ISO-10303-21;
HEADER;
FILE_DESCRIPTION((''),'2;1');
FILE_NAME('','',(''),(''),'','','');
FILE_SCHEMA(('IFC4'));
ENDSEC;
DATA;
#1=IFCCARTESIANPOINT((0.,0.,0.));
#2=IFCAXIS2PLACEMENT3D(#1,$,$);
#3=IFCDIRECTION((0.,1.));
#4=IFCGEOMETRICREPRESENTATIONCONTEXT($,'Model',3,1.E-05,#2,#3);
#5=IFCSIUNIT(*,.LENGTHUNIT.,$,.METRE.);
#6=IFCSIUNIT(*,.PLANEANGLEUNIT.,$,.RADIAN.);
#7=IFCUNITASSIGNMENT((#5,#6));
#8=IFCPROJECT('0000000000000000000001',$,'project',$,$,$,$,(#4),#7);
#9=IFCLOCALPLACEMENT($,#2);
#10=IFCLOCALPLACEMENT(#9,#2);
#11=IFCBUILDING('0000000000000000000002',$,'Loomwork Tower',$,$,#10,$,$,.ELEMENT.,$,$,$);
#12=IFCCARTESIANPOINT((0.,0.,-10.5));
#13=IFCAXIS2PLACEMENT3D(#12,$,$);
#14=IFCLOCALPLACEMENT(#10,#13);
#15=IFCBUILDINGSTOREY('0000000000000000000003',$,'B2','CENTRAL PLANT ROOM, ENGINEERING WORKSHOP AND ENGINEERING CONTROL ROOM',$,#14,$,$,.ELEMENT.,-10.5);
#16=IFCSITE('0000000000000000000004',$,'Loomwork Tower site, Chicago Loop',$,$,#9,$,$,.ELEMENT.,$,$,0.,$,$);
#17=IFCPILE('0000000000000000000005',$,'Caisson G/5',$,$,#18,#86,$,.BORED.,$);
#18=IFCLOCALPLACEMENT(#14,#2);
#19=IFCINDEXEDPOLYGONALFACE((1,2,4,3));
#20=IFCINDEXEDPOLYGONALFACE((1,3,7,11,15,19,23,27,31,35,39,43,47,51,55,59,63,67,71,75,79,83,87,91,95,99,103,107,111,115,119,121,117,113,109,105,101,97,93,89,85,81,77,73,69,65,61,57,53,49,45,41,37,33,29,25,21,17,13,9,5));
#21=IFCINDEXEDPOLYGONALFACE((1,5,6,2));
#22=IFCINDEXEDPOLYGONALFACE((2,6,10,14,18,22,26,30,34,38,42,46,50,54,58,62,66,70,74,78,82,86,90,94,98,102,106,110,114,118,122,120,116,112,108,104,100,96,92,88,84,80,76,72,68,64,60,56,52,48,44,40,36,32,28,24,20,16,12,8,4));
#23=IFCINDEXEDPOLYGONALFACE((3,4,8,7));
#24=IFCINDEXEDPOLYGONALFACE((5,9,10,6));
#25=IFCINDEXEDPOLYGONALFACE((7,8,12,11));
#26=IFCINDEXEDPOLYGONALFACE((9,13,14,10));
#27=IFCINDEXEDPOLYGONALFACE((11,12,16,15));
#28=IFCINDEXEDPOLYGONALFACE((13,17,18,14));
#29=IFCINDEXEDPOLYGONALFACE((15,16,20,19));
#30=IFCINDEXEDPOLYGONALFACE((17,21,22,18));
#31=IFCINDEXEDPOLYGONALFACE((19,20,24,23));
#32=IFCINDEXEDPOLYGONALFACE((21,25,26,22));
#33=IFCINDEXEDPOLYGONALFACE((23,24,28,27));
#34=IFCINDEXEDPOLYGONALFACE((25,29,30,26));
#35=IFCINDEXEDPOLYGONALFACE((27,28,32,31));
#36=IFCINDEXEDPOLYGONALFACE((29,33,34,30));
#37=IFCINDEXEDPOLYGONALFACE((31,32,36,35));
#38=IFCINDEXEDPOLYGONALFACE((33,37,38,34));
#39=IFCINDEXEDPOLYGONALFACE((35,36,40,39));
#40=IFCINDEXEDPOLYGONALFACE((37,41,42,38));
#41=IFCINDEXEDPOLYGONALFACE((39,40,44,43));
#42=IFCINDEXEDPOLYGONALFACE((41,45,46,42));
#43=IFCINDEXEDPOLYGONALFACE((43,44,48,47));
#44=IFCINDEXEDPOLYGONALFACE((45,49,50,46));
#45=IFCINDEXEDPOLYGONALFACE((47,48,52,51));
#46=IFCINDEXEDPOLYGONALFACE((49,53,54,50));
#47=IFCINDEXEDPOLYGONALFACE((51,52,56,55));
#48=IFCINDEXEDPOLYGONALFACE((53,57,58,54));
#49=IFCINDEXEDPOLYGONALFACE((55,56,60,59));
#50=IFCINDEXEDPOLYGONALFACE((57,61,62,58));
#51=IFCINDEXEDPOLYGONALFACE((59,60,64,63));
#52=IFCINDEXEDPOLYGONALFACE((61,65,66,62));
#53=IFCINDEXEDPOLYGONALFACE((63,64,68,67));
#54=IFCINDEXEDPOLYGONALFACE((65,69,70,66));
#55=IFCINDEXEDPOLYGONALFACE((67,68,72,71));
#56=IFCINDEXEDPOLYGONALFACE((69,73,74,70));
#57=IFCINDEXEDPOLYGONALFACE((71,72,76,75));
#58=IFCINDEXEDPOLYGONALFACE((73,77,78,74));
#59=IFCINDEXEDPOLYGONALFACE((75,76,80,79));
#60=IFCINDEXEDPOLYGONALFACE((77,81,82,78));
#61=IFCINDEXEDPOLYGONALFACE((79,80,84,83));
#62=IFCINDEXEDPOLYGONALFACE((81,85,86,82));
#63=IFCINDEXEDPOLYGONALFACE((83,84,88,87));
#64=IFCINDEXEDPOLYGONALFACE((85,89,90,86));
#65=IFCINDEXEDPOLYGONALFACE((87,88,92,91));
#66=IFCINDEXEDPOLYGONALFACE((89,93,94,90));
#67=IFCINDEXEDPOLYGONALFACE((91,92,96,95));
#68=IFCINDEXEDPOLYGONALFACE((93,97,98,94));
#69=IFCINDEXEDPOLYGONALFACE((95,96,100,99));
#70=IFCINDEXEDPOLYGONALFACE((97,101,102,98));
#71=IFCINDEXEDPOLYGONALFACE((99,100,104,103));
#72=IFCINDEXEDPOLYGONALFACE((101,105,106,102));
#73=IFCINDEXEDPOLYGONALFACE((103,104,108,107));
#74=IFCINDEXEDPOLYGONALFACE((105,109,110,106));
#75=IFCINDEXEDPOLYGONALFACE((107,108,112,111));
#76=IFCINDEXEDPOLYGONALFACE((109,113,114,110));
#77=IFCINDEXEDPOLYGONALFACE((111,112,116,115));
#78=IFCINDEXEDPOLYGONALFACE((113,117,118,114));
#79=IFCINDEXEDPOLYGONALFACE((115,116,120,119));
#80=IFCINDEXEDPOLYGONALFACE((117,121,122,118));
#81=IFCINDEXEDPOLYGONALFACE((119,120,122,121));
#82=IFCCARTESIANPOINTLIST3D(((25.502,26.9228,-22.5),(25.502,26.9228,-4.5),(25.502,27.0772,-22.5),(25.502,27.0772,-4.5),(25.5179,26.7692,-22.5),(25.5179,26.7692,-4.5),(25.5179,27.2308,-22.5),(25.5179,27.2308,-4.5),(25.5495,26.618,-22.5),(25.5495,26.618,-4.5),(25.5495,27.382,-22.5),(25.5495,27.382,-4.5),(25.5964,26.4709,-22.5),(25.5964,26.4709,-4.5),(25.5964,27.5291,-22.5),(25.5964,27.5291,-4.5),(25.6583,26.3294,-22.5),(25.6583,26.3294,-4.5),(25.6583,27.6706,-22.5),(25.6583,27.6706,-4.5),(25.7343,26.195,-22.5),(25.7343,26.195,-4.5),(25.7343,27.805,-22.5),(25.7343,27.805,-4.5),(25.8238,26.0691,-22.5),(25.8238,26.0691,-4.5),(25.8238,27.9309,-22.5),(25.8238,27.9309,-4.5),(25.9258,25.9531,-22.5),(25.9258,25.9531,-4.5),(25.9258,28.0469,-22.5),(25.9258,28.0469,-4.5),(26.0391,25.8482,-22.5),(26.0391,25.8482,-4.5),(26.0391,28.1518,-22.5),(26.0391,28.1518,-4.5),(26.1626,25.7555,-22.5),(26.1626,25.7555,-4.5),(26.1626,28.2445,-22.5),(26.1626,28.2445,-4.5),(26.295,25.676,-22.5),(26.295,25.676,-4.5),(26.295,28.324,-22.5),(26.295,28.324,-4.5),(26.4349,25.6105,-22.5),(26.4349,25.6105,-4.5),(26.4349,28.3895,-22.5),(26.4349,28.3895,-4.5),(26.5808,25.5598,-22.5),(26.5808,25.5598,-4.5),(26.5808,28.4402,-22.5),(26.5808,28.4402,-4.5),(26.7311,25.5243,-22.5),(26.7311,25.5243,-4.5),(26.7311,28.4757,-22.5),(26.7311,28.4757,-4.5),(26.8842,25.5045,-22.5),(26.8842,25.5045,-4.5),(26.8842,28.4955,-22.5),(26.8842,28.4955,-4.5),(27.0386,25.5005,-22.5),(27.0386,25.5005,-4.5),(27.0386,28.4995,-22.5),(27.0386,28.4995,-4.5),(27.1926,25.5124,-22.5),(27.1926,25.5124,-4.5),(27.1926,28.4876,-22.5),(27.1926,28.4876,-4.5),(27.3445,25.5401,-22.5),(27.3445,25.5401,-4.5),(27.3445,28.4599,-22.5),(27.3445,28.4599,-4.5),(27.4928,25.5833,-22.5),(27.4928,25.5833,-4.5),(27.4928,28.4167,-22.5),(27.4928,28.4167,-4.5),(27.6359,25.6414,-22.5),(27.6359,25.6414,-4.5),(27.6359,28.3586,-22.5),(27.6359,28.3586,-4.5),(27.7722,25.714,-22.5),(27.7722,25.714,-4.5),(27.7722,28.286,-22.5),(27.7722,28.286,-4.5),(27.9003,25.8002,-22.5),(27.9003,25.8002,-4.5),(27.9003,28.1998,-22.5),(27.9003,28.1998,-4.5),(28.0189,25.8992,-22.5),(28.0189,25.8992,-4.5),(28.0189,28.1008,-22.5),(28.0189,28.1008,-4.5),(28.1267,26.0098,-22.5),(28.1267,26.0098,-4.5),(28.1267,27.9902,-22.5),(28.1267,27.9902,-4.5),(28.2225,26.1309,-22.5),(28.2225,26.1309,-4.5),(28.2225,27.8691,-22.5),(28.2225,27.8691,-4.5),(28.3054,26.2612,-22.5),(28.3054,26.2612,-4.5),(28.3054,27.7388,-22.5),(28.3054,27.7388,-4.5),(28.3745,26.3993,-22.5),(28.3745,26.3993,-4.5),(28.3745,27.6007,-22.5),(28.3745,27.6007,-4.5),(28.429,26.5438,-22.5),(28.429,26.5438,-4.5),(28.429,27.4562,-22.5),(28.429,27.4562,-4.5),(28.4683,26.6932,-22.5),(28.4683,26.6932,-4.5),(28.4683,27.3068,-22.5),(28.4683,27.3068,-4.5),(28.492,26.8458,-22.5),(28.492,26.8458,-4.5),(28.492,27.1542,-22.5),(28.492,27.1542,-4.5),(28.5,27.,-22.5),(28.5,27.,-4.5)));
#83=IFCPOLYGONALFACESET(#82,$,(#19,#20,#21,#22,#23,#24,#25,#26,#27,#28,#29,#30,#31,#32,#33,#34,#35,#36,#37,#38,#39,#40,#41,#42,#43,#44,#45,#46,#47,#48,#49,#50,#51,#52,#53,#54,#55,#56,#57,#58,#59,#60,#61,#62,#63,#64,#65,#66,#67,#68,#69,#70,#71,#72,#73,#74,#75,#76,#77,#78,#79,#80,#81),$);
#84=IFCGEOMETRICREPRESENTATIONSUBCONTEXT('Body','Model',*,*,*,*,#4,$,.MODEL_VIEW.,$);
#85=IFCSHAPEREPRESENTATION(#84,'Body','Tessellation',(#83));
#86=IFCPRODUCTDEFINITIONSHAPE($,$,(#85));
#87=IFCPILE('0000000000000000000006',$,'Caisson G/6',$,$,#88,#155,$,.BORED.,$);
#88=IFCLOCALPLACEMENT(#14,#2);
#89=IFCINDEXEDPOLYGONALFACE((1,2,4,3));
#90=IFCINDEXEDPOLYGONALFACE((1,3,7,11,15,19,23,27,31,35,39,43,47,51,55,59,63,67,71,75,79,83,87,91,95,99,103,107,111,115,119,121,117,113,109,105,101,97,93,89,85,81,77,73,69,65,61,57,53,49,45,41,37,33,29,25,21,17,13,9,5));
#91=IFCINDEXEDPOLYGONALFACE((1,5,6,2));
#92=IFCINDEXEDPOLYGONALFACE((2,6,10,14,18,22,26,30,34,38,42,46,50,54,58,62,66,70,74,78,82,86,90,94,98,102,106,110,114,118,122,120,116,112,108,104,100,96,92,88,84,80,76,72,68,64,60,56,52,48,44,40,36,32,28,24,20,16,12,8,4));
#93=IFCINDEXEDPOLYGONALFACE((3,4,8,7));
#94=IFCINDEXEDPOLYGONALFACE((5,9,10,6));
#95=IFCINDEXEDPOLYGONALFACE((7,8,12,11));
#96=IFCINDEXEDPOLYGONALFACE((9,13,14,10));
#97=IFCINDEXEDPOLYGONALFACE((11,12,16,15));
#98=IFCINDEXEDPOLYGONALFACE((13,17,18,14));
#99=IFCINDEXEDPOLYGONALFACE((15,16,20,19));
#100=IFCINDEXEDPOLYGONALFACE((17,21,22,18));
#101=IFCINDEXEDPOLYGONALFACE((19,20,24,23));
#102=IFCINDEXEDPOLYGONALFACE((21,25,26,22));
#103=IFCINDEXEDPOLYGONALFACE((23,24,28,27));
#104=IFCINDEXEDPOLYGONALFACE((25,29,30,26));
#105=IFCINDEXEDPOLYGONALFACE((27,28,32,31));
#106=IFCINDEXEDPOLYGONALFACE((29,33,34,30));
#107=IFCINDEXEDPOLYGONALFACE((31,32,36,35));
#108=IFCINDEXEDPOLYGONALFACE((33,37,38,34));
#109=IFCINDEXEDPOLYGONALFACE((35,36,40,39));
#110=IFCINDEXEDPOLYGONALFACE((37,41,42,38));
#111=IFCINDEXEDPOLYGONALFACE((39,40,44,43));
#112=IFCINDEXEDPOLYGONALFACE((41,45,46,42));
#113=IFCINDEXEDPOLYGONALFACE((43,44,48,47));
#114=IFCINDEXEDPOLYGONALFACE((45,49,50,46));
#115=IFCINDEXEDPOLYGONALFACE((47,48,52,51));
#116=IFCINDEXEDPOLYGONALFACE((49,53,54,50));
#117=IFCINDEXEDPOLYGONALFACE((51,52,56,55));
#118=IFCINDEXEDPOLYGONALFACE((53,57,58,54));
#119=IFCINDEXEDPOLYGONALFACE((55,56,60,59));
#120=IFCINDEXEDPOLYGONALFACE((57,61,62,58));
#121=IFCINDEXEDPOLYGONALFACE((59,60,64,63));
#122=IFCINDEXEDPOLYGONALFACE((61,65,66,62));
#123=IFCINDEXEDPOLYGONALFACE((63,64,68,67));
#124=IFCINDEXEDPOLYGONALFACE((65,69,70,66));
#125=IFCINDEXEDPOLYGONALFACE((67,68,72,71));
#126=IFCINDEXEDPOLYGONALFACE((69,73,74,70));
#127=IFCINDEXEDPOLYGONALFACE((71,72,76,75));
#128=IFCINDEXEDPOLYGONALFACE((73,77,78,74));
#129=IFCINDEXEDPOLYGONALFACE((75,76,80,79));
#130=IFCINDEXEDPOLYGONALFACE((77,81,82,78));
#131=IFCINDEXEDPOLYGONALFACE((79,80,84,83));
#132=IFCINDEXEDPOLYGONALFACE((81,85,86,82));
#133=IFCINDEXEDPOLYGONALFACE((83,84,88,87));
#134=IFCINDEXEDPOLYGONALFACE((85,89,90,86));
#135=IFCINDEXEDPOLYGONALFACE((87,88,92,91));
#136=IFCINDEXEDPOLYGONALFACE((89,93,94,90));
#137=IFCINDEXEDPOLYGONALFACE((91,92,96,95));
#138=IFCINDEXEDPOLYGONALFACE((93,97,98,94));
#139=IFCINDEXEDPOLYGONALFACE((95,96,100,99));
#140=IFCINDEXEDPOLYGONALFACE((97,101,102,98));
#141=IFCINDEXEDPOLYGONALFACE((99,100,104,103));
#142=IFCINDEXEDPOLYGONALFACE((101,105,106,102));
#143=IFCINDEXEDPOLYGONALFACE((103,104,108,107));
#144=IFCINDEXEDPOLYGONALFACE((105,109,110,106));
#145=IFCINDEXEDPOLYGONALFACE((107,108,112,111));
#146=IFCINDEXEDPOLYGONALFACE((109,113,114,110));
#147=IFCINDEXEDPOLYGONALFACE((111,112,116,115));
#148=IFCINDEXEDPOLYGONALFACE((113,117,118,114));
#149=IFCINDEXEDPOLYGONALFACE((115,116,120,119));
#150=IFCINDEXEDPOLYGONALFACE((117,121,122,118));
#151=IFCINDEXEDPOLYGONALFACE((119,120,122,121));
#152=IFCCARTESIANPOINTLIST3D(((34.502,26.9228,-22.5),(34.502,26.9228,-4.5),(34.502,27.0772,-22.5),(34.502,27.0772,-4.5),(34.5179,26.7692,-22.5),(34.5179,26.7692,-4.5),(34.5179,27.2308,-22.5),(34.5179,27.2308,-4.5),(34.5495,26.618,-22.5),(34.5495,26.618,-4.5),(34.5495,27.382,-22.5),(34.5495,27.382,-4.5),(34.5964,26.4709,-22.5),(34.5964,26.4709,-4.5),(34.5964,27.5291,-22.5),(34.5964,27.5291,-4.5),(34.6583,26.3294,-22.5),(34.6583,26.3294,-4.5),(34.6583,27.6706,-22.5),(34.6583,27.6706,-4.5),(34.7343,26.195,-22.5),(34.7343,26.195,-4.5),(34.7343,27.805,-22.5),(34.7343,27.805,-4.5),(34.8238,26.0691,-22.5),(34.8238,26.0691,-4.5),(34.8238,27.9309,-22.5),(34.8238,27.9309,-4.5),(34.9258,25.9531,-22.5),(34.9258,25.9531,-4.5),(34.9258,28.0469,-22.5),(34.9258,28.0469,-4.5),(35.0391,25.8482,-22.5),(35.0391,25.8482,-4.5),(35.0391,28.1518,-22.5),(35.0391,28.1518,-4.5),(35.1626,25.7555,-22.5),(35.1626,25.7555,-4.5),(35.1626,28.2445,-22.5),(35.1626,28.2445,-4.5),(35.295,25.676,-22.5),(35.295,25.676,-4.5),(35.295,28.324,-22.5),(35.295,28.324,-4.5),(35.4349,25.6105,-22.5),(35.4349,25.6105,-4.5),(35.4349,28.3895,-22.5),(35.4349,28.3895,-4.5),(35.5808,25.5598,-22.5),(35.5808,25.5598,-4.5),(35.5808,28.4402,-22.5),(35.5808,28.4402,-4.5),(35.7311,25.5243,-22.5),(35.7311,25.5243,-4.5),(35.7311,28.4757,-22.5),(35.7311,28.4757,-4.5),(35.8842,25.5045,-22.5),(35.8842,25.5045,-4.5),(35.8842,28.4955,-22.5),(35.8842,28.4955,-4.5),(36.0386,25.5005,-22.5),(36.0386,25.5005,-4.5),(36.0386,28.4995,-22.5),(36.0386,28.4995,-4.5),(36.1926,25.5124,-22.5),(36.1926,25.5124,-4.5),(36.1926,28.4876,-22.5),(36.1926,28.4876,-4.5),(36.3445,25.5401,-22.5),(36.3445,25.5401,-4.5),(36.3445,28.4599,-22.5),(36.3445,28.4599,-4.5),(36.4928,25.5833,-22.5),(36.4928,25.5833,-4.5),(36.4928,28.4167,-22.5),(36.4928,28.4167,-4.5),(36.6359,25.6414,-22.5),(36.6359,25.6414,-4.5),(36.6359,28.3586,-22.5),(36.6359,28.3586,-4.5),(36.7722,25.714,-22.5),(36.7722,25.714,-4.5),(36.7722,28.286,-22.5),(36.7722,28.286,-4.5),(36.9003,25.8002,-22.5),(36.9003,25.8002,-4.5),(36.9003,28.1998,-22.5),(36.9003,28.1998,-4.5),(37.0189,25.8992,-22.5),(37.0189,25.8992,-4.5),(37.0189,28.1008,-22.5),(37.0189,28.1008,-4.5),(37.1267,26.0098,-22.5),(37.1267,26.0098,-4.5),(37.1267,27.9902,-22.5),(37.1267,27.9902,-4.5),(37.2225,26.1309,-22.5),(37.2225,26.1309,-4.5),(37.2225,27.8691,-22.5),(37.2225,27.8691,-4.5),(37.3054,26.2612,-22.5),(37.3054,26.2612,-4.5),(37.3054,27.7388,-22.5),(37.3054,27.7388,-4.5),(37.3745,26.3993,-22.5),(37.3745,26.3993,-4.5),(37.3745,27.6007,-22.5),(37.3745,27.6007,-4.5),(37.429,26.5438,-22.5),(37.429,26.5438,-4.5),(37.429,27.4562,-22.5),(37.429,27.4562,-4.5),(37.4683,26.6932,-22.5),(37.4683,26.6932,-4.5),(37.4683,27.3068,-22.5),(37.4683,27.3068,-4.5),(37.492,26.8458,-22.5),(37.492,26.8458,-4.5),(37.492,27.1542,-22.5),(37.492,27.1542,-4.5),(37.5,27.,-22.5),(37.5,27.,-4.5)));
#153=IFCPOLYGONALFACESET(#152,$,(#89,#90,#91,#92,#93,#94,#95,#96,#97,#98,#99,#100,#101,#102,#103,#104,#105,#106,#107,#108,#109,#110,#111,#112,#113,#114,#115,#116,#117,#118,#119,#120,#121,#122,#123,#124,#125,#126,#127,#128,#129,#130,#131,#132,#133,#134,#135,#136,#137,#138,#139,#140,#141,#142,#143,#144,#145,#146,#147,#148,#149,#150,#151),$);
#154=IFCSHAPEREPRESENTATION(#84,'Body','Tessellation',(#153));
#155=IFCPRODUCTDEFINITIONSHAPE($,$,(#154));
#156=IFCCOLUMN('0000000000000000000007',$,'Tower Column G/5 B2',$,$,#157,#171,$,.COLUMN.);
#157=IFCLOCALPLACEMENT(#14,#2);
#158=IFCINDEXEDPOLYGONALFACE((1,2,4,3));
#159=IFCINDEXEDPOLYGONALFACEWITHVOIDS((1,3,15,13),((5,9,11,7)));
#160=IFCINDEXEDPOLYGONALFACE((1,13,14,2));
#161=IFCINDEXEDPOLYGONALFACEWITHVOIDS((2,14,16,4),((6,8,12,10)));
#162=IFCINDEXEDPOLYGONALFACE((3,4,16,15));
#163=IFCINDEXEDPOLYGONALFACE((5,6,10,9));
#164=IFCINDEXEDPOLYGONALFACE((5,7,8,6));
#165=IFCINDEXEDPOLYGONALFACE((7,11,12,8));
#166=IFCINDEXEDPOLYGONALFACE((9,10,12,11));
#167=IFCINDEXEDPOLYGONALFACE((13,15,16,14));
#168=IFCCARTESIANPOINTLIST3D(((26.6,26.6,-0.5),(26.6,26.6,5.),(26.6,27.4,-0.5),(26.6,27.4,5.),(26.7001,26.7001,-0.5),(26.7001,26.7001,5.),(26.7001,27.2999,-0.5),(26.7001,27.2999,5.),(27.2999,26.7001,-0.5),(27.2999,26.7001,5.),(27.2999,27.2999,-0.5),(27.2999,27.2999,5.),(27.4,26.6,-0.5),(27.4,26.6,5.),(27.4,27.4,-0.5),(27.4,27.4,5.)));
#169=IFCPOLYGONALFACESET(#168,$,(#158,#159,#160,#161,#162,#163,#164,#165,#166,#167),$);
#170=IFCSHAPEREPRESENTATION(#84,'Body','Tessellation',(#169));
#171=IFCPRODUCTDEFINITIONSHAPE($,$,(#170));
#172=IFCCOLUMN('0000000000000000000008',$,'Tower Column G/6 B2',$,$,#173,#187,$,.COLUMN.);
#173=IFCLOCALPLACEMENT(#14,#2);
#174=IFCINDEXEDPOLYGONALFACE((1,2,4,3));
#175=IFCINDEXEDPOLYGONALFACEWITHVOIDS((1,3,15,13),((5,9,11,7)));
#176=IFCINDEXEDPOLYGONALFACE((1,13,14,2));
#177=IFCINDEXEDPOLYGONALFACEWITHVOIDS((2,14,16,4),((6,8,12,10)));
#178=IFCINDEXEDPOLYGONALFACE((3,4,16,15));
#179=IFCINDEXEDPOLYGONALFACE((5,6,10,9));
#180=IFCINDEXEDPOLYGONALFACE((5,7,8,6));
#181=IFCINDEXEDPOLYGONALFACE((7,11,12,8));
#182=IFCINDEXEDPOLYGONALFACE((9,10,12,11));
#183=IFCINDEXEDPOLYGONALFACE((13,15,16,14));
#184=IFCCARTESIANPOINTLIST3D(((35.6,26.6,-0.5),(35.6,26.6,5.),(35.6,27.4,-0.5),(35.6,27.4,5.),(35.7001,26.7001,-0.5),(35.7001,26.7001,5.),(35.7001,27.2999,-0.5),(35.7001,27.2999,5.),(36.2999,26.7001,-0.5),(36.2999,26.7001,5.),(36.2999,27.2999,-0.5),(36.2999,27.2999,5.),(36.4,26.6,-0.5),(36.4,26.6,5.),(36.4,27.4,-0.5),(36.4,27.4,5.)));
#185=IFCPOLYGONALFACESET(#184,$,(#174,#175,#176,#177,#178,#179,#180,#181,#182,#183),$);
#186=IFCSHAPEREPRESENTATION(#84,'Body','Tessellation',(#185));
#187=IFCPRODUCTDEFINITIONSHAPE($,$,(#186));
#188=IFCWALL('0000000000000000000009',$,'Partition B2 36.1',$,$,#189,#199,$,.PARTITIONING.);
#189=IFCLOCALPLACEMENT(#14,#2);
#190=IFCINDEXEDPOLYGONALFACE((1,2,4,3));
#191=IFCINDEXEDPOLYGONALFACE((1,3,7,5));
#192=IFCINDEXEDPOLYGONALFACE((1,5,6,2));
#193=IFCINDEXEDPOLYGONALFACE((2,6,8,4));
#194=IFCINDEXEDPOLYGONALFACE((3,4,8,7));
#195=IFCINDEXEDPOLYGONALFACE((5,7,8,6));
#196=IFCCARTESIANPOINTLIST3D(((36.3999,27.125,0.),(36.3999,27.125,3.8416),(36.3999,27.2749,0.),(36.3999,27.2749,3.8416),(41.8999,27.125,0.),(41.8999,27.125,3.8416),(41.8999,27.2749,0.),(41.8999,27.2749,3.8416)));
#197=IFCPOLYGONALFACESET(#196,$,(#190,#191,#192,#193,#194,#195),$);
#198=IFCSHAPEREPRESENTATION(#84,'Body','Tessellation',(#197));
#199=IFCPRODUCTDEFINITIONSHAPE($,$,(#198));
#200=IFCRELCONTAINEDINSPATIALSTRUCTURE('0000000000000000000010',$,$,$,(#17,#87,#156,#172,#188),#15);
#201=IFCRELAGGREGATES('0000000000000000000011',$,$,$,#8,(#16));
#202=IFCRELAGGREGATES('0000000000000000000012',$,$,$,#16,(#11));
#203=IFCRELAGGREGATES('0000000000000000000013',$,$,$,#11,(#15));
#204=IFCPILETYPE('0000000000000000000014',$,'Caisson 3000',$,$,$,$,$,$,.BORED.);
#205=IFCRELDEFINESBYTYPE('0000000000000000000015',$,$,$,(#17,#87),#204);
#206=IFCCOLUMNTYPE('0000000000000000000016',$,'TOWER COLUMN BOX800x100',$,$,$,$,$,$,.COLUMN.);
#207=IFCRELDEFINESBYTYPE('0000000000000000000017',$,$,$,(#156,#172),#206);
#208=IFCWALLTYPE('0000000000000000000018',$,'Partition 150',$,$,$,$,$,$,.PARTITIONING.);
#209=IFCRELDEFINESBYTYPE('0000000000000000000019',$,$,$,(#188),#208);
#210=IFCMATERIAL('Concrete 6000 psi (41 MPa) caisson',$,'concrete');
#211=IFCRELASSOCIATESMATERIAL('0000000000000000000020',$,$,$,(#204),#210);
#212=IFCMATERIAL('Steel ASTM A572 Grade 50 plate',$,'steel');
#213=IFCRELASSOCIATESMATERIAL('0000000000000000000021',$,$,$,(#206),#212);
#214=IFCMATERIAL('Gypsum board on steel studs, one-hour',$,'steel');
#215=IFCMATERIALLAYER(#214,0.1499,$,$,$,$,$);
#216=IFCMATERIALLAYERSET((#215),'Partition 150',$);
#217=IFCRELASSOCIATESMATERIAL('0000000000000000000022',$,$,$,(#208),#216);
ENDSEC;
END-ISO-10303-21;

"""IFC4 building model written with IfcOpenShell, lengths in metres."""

from ifc_helpers import new_model, si_unit, direction, frame, frame_2d, origin, origin_2d, place, context, subcontext, project, spatial, rectangle, hollow_rectangle, circle, extrude, material, layer, layer_set, material_profile, profile_set, type_object, element, save


model = new_model("IFC4")

# Units and contexts
model_context = context("Model", 3, precision=1e-05, world=origin(), true_north=direction((0.0, 1.0)))
body_context = subcontext(model_context, "Body", "Model", "MODEL_VIEW")
ifc_project = project(units=[si_unit("LENGTHUNIT", "METRE"), si_unit("PLANEANGLEUNIT", "RADIAN")], contexts=[model_context])

# Site, building, storey
site_placement = place(None, origin())
site = spatial("IfcSite", under=ifc_project, at=site_placement, Name="Loomwork Tower site, Chicago Loop", CompositionType="ELEMENT", RefElevation=0.0)
building_placement = place(site_placement, origin())
building = spatial("IfcBuilding", under=site, at=building_placement, Name="Loomwork Tower", CompositionType="ELEMENT")
storey_placement = place(building_placement, frame((0.0, 0.0, -10.5)))
storey = spatial("IfcBuildingStorey", under=building, at=storey_placement, Name="B2", Description="CENTRAL PLANT ROOM, ENGINEERING WORKSHOP AND ENGINEERING CONTROL ROOM", CompositionType="ELEMENT", Elevation=-10.5)

# Piles
ifc_material_1 = material(Name="Concrete 6000 psi (41 MPa) caisson", Category="concrete")
ifc_material_profile_1 = material_profile(ifc_material_1, circle(Radius=1.5, at=origin_2d()), Name="D3000")
ifc_profile_set_1 = profile_set([ifc_material_profile_1], Name="Concrete 6000 psi (41 MPa) caisson")
pile_type = type_object("IfcPileType", Name="Caisson 3000", PredefinedType="BORED", material=ifc_profile_set_1)
for number, where, z_axis, x_axis, name in (
    (1, (27.0, 27.0, -4.5), (0.0, 0.0, -1.0), (1.0, 0.0, 0.0), "Caisson G/5"),
    (2, (36.0, 27.0, -4.5), (0.0, 0.0, -1.0), (1.0, 0.0, 0.0), "Caisson G/6"),
):
    element("IfcPile", number, at=place(storey_placement, frame(where, z_axis=z_axis, x_axis=x_axis)), inside=storey, type_object=pile_type, Name=name, PredefinedType="BORED", context=body_context, shape_type="SweptSolid", body=[
        extrude(circle(Radius=1.5, at=origin_2d()), origin(), (0.0, 0.0, 1.0), 18.0),
    ])

# Columns
ifc_material_2 = material(Name="Steel ASTM A572 Grade 50 plate", Category="steel")
ifc_material_profile_2 = material_profile(ifc_material_2, hollow_rectangle(XDim=0.8, YDim=0.8, WallThickness=0.1001, at=origin_2d()), Name="BOX800x100")
ifc_profile_set_2 = profile_set([ifc_material_profile_2], Name="Steel ASTM A572 Grade 50 plate")
column_type = type_object("IfcColumnType", Name="TOWER COLUMN BOX800x100", PredefinedType="COLUMN", material=ifc_profile_set_2)
for number, where, z_axis, x_axis, name in (
    (3, (27.0, 27.0, -0.5), (0.0, 0.0, 1.0), (1.0, 0.0, 0.0), "Tower Column G/5 B2"),
    (4, (36.0, 27.0, -0.5), (0.0, 0.0, 1.0), (1.0, 0.0, 0.0), "Tower Column G/6 B2"),
):
    element("IfcColumn", number, at=place(storey_placement, frame(where, z_axis=z_axis, x_axis=x_axis)), inside=storey, type_object=column_type, Name=name, PredefinedType="COLUMN", context=body_context, shape_type="SweptSolid", body=[
        extrude(hollow_rectangle(XDim=0.8, YDim=0.8, WallThickness=0.1001, at=origin_2d()), origin(), (0.0, 0.0, 1.0), 5.5),
    ])

# Wall
ifc_material_3 = material(Name="Gypsum board on steel studs, one-hour", Category="steel")
ifc_layer_1 = layer(ifc_material_3, 0.1499)
ifc_layer_set_1 = layer_set([ifc_layer_1], Name="Partition 150")
wall_type_1 = type_object("IfcWallType", Name="Partition 150", PredefinedType="PARTITIONING", material=ifc_layer_set_1)
wall_1_placement = place(storey_placement, frame((41.8999, 27.2, 0.0), z_axis=(0.0, 0.0, 1.0), x_axis=(-1.0, 0.0, 0.0)))
element("IfcWall", 5, at=wall_1_placement, inside=storey, type_object=wall_type_1, Name="Partition B2 36.1", PredefinedType="PARTITIONING", context=body_context, shape_type="SweptSolid", body=[
    extrude(rectangle(XDim=5.5, YDim=0.1499, at=frame_2d((2.75, 0.0))), origin(), (0.0, 0.0, 1.0), 3.8416),
])

save(model, "model.ifc")
